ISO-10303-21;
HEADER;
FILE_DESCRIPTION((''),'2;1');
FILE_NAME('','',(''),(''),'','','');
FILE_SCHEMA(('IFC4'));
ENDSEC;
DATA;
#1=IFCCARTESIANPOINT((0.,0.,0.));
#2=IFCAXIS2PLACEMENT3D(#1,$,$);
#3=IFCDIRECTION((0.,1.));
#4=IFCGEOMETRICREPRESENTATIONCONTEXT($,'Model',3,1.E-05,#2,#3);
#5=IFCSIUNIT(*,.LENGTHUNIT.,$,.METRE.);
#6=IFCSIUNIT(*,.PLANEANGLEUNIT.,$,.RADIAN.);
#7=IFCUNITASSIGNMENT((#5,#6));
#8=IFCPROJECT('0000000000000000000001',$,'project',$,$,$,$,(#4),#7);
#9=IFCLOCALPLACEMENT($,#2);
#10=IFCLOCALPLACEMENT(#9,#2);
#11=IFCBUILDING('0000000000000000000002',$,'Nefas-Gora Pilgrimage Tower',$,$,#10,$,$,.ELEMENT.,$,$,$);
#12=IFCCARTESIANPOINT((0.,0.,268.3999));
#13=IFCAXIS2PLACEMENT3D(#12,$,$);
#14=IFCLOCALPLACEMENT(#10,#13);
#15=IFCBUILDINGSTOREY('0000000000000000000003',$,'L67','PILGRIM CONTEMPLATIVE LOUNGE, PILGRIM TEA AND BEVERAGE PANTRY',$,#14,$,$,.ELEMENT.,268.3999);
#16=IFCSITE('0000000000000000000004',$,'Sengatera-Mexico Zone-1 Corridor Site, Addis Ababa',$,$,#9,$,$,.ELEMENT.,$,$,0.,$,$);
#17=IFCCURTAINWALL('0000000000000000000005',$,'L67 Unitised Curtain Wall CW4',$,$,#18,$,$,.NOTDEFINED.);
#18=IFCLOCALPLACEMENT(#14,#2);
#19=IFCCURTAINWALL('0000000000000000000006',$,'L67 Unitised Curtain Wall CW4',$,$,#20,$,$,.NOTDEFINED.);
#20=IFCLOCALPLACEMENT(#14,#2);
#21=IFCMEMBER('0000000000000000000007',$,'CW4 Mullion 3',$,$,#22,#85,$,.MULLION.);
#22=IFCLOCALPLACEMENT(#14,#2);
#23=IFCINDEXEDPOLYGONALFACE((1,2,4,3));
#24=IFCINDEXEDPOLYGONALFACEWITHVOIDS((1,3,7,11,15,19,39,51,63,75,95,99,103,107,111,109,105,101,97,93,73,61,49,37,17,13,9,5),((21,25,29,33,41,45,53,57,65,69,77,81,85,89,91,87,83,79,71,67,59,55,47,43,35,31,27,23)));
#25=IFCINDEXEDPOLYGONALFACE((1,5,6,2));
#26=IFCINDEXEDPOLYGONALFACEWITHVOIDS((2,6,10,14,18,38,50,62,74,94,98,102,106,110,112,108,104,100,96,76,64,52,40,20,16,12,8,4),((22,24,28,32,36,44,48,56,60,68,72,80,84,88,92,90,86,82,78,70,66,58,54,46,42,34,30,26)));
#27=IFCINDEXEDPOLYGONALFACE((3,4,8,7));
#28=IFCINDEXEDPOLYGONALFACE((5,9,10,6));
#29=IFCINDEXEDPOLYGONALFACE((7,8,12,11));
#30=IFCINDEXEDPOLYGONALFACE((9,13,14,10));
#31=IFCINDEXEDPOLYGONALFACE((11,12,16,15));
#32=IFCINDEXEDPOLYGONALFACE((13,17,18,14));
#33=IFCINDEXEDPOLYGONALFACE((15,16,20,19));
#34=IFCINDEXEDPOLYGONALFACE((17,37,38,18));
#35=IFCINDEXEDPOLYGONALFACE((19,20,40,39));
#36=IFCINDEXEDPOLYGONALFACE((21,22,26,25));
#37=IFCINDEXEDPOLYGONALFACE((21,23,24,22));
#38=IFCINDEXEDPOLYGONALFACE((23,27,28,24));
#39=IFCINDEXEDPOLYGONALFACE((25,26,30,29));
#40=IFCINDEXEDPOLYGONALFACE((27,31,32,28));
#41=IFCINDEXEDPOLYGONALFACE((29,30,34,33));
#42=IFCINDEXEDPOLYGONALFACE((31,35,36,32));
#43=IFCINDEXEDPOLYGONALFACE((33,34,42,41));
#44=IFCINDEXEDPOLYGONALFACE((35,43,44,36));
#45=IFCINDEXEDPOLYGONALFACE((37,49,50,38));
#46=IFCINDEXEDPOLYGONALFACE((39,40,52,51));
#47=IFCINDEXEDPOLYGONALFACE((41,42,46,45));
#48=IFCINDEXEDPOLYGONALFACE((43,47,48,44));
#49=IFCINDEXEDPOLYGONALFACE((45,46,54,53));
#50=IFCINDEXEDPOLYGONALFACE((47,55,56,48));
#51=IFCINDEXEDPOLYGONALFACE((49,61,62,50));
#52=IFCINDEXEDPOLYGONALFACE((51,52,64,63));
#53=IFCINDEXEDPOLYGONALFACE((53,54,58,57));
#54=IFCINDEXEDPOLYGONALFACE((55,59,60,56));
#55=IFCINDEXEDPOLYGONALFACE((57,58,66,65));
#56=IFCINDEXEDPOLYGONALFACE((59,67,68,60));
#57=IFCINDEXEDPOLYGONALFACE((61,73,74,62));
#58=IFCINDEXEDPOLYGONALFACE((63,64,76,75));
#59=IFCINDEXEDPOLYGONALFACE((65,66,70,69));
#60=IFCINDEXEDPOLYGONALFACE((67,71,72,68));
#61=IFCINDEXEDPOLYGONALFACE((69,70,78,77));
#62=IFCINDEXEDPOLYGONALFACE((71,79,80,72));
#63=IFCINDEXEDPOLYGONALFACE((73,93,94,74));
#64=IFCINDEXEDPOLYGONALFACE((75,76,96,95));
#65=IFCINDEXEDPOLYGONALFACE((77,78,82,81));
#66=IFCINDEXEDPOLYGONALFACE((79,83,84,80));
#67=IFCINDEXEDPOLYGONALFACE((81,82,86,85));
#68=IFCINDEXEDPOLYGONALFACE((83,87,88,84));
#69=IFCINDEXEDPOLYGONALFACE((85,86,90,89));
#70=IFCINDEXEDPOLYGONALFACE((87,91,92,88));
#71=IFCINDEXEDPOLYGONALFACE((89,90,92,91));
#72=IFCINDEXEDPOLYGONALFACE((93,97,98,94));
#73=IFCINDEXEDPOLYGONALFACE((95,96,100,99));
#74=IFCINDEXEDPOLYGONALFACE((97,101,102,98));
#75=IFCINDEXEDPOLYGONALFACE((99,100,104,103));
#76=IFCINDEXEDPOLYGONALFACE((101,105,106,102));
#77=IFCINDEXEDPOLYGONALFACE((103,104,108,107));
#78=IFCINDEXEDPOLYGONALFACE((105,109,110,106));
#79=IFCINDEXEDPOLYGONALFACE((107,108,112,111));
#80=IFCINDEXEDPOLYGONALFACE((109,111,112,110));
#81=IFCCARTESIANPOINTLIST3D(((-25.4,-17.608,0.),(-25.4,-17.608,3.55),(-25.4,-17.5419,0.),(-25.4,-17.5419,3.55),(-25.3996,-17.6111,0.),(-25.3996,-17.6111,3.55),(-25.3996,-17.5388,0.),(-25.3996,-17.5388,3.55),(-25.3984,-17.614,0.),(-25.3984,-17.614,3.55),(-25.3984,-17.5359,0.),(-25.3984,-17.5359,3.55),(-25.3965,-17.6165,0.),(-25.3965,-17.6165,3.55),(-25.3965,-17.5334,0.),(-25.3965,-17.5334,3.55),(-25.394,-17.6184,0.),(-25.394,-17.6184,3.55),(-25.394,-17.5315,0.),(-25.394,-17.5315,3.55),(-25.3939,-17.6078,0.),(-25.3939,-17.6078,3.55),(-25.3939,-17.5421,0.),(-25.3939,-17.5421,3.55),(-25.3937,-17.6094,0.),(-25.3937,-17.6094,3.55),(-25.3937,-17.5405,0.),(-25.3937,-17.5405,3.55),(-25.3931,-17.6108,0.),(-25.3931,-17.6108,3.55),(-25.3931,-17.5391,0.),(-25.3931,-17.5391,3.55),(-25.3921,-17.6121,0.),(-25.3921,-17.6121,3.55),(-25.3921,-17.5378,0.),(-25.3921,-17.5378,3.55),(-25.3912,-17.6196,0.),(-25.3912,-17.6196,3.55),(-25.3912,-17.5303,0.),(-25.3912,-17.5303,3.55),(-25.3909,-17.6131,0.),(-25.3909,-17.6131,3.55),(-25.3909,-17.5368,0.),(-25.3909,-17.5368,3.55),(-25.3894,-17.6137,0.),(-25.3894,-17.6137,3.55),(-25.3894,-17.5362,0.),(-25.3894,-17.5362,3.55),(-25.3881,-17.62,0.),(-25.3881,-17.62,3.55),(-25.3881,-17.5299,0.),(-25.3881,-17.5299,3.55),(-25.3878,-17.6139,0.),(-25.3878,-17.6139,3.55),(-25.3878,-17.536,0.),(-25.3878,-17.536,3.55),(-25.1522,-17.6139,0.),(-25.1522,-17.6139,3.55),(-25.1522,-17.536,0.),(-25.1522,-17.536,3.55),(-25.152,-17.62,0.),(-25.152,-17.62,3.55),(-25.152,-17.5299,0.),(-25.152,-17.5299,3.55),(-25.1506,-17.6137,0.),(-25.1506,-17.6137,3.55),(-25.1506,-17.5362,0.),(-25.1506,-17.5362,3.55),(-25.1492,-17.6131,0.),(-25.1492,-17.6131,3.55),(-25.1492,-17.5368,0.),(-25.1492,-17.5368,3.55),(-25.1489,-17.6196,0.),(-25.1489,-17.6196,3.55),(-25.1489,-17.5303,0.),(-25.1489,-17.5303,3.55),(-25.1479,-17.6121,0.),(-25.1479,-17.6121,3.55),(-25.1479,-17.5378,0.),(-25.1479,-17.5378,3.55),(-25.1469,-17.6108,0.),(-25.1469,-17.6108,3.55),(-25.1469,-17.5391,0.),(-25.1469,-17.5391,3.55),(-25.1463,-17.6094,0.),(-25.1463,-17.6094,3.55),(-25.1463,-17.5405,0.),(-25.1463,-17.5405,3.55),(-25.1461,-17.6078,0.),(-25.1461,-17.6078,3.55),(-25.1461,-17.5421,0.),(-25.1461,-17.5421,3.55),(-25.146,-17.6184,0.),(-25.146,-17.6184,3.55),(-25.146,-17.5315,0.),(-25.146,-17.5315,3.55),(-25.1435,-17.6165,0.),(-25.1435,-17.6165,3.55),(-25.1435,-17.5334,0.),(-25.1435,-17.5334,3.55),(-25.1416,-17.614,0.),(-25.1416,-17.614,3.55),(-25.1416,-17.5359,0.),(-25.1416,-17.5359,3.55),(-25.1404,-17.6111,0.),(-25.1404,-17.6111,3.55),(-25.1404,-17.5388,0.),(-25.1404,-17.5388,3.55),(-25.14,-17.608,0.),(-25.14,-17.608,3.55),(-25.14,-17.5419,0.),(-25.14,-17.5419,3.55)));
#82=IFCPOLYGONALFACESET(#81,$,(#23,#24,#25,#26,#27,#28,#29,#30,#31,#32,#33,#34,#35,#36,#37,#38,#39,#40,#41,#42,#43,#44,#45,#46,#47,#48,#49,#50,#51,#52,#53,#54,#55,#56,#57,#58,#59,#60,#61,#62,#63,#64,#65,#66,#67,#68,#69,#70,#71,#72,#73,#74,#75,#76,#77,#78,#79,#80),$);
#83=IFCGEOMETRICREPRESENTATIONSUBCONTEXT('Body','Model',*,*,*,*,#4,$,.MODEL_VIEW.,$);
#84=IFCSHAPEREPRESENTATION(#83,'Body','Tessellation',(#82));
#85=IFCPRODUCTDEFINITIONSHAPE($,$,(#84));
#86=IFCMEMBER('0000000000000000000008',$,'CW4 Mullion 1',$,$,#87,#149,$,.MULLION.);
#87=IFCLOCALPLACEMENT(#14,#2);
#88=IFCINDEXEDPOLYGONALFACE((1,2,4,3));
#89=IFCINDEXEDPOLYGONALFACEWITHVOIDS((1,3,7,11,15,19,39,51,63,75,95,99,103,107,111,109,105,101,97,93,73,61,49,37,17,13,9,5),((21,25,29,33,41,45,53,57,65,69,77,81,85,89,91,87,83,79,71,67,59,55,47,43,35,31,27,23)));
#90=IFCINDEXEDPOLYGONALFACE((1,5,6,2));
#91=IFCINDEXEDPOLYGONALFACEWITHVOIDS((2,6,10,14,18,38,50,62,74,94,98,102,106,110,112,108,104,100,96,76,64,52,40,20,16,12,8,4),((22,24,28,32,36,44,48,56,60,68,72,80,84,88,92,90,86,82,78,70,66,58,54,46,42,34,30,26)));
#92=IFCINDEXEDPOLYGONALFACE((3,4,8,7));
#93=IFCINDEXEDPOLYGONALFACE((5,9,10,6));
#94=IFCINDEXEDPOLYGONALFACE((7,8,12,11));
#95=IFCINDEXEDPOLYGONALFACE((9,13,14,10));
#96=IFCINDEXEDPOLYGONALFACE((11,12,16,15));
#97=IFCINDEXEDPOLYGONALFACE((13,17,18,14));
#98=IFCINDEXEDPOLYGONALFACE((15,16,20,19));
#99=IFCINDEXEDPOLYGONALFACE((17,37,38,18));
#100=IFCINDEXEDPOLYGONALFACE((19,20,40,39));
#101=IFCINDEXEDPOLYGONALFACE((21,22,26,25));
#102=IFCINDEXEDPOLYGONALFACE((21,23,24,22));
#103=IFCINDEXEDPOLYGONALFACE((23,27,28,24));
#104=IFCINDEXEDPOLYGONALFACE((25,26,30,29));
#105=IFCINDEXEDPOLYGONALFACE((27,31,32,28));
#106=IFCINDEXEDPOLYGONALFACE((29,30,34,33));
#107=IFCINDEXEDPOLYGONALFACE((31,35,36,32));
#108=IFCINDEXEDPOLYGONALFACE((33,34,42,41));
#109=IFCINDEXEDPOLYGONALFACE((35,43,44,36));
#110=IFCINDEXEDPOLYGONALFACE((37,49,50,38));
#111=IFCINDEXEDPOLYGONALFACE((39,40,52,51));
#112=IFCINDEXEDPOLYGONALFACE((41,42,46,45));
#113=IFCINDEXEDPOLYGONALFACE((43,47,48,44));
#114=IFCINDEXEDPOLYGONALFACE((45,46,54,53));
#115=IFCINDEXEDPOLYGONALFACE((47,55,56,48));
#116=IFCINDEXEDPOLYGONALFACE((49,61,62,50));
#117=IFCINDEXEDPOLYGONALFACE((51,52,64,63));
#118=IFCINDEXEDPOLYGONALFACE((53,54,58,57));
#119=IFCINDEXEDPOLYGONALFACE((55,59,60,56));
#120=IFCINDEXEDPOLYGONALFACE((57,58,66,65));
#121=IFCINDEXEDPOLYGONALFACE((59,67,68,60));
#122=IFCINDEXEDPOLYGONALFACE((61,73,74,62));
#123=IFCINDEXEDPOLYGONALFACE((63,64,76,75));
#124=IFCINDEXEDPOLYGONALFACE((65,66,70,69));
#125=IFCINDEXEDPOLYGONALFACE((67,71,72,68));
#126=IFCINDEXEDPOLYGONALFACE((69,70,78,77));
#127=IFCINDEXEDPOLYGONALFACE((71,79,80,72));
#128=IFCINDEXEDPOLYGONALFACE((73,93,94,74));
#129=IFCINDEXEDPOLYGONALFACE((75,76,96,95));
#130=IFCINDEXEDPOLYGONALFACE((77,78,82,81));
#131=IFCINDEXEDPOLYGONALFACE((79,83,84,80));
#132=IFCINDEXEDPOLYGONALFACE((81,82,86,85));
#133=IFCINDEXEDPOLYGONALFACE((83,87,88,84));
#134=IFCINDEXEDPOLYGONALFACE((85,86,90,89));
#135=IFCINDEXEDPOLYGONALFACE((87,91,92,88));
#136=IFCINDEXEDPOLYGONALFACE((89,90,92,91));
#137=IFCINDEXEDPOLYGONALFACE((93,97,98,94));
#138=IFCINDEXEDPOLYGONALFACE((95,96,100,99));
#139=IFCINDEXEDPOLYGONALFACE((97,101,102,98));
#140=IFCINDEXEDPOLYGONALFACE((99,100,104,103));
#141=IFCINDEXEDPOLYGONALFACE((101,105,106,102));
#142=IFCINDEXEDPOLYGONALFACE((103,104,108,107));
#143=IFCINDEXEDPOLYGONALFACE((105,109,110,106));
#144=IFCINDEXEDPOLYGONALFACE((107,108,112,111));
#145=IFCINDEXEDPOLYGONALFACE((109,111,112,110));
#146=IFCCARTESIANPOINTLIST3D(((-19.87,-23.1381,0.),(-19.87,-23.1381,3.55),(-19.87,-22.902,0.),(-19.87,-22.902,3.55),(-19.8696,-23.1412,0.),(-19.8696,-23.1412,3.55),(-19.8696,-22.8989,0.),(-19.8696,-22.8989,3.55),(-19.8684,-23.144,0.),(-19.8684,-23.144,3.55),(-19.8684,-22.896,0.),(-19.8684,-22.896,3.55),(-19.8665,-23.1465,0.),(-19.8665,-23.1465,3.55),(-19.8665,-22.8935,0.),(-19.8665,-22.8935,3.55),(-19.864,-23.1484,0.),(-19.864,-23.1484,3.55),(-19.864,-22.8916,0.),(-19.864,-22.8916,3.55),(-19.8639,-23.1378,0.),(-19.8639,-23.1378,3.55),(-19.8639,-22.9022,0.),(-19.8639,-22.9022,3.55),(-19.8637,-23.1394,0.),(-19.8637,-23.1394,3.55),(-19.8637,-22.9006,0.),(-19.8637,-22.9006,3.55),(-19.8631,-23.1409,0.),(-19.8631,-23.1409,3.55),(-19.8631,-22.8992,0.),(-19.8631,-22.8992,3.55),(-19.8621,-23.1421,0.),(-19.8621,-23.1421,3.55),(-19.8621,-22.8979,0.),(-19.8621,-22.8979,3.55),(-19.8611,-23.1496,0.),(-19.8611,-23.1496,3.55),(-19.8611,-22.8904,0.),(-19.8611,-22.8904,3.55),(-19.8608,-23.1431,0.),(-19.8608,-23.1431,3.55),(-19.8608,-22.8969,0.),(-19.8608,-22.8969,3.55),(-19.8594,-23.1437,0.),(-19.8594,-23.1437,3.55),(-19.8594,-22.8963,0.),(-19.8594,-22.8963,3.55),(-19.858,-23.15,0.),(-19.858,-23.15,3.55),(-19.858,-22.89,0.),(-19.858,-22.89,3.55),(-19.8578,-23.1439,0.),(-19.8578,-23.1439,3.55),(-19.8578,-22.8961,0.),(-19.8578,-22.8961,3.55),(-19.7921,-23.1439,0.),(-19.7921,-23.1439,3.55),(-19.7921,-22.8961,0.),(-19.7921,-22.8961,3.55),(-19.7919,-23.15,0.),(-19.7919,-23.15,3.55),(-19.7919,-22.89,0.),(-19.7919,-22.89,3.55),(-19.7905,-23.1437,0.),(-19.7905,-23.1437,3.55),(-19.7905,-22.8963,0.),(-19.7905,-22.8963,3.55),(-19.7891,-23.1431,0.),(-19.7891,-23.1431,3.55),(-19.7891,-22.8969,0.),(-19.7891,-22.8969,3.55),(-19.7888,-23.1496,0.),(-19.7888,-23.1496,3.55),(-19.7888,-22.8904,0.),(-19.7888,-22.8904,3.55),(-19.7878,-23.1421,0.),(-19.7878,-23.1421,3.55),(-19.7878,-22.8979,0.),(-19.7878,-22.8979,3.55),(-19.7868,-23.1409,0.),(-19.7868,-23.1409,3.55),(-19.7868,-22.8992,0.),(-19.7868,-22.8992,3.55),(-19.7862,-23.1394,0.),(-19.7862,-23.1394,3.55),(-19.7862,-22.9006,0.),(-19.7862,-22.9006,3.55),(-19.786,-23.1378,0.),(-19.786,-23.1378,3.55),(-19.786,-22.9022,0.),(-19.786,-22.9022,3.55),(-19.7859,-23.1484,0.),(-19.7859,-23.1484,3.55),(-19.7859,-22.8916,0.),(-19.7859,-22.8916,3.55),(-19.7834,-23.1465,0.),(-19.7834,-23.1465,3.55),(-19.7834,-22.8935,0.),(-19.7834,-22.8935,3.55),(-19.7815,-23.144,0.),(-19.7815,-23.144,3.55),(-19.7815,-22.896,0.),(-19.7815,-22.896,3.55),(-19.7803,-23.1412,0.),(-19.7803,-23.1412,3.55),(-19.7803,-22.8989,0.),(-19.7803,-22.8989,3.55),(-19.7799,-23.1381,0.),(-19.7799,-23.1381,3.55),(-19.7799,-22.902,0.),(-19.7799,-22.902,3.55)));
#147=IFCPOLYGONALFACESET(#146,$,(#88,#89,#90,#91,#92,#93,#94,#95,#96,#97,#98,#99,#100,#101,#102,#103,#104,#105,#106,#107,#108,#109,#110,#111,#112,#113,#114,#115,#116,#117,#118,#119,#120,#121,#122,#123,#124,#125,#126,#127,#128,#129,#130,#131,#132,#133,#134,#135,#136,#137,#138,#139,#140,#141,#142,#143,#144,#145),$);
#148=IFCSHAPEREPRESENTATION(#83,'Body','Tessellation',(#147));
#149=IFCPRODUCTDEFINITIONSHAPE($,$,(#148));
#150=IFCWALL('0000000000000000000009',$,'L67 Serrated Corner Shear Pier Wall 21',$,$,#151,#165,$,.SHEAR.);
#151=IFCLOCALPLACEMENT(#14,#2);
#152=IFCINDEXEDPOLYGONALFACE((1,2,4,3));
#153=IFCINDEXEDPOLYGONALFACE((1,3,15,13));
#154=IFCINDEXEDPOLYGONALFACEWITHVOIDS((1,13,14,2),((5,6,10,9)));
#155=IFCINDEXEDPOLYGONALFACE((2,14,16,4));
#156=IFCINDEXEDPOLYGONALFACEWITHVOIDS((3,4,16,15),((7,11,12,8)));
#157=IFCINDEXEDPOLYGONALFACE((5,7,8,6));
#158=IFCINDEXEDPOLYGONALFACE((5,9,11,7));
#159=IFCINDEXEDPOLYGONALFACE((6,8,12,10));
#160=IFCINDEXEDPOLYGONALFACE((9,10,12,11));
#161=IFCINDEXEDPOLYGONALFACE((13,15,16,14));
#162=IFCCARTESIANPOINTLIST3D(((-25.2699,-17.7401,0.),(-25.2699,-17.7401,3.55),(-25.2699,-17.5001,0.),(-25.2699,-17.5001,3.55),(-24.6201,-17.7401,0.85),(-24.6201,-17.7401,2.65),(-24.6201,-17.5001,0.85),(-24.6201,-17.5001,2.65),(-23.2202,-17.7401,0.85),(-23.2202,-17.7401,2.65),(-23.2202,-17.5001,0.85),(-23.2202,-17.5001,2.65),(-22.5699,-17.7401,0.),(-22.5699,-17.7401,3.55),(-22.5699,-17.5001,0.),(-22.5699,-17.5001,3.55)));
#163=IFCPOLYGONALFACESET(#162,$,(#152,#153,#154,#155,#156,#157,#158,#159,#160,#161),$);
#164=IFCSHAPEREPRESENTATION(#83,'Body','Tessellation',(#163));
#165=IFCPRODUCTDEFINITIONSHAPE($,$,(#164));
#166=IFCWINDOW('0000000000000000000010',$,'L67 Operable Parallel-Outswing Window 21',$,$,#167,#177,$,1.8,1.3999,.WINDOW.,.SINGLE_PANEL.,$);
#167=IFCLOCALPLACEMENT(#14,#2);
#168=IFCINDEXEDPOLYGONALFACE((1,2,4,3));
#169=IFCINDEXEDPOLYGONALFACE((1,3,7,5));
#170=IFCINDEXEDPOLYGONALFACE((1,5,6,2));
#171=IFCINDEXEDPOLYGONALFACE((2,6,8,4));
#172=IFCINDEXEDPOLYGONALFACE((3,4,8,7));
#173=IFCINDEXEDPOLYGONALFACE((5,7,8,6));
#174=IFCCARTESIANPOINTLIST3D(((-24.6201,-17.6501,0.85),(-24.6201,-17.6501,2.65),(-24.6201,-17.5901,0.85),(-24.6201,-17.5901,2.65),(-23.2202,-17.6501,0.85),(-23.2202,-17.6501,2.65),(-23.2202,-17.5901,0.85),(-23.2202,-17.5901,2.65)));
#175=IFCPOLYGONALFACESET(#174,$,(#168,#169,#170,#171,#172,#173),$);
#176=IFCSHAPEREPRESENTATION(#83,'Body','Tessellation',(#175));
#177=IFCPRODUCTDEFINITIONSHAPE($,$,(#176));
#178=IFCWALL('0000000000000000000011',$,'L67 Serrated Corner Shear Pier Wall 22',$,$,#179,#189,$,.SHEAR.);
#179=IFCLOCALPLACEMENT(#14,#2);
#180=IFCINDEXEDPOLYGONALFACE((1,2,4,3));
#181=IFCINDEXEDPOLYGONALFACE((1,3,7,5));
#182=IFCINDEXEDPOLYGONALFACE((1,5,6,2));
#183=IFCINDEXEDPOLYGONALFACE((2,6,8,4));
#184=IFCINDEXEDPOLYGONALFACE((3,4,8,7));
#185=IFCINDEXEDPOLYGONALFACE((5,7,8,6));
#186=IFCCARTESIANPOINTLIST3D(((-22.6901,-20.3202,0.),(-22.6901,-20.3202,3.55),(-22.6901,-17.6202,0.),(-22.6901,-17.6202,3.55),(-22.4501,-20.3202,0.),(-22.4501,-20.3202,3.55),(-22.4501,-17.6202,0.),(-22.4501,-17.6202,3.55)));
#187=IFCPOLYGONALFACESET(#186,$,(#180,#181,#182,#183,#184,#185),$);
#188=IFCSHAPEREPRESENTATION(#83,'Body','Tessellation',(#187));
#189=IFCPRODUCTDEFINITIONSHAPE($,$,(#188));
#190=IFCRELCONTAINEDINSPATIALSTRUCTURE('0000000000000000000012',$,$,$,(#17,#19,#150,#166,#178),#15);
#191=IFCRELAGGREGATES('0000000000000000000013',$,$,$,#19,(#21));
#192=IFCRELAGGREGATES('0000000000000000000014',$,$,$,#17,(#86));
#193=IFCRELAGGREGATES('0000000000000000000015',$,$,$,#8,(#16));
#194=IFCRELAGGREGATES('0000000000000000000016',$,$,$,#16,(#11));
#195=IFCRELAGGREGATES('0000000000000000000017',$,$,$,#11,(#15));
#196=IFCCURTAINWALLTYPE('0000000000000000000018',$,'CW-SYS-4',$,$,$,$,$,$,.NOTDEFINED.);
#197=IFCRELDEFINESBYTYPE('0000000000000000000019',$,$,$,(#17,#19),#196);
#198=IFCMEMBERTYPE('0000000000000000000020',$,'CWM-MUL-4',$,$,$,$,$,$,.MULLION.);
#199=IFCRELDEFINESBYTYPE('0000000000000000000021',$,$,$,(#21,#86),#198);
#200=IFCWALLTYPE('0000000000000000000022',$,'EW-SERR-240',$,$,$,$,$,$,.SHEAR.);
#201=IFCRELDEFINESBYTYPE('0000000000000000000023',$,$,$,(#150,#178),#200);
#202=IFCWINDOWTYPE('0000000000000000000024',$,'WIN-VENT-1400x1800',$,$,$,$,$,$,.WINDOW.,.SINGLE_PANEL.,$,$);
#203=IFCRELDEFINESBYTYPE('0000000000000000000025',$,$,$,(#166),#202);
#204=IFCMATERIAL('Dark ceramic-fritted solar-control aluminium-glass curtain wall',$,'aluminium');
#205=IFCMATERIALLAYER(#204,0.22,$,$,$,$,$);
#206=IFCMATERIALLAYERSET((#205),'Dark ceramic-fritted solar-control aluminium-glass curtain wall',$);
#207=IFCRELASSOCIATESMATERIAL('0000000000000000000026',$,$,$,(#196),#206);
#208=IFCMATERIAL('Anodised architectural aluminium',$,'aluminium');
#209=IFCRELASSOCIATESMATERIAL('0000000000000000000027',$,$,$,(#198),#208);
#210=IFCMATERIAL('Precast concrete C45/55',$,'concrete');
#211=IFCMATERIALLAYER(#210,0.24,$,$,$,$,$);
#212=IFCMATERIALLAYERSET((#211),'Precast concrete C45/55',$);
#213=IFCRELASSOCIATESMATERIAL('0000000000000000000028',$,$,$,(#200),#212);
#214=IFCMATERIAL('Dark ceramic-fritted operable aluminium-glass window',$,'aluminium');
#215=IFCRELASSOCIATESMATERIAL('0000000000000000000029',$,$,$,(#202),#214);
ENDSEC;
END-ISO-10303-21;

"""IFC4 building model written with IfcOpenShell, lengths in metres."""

from ifc_helpers import new_model, si_unit, direction, frame, frame_2d, origin, origin_2d, place, context, subcontext, project, spatial, rectangle, hollow_rectangle, extrude, source, transform, mapped, material, layer, layer_set, material_profile, profile_set, type_object, element, fill, aggregate, save


model = new_model("IFC4")

# Units and contexts
model_context = context("Model", 3, precision=1e-05, world=origin(), true_north=direction((0.0, 1.0)))
body_context = subcontext(model_context, "Body", "Model", "MODEL_VIEW")
ifc_project = project(units=[si_unit("LENGTHUNIT", "METRE"), si_unit("PLANEANGLEUNIT", "RADIAN")], contexts=[model_context])

# Site, building, storey
site_placement = place(None, origin())
site = spatial("IfcSite", under=ifc_project, at=site_placement, Name="Sengatera-Mexico Zone-1 Corridor Site, Addis Ababa", CompositionType="ELEMENT", RefElevation=0.0)
building_placement = place(site_placement, origin())
building = spatial("IfcBuilding", under=site, at=building_placement, Name="Nefas-Gora Pilgrimage Tower", CompositionType="ELEMENT")
storey_placement = place(building_placement, frame((0.0, 0.0, 268.3999)))
storey = spatial("IfcBuildingStorey", under=building, at=storey_placement, Name="L67", Description="PILGRIM CONTEMPLATIVE LOUNGE, PILGRIM TEA AND BEVERAGE PANTRY", CompositionType="ELEMENT", Elevation=268.3999)

# Curtain walls, member
ifc_material_1 = material(Name="Dark ceramic-fritted solar-control aluminium-glass curtain wall", Category="aluminium")
ifc_layer_1 = layer(ifc_material_1, 0.22)
ifc_layer_set_1 = layer_set([ifc_layer_1], Name="Dark ceramic-fritted solar-control aluminium-glass curtain wall")
curtain_wall_type = type_object("IfcCurtainWallType", Name="CW-SYS-4", PredefinedType="NOTDEFINED", material=ifc_layer_set_1)
curtain_wall_1_placement = place(storey_placement, origin())
curtain_wall_1 = element("IfcCurtainWall", 1, at=curtain_wall_1_placement, inside=storey, type_object=curtain_wall_type, Name="L67 Unitised Curtain Wall CW4", PredefinedType="NOTDEFINED")
ifc_material_2 = material(Name="Anodised architectural aluminium", Category="aluminium")
curtain_wall_2_placement = place(storey_placement, origin())
curtain_wall_2 = element("IfcCurtainWall", 2, at=curtain_wall_2_placement, inside=storey, type_object=curtain_wall_type, Name="L67 Unitised Curtain Wall CW4", PredefinedType="NOTDEFINED")
ifc_material_profile_1 = material_profile(ifc_material_2, hollow_rectangle(XDim=0.0901, YDim=0.26, WallThickness=0.0061, InnerFilletRadius=0.0061, OuterFilletRadius=0.012, at=origin_2d()), Name="ALU MULLION 90x260")
ifc_profile_set_1 = profile_set([ifc_material_profile_1], Name="Anodised architectural aluminium")
member_type_1 = type_object("IfcMemberType", Name="CWM-MUL-4", PredefinedType="MULLION", material=ifc_profile_set_1)
shared_shape_1 = source(origin(), body_context, "Body", "SweptSolid", [
    extrude(hollow_rectangle(XDim=0.0901, YDim=0.26, WallThickness=0.0061, InnerFilletRadius=0.0061, OuterFilletRadius=0.012, at=origin_2d()), origin(), (0.0, 0.0, 1.0), 3.55),
])
member_1_placement = place(storey_placement, frame((-25.27, -17.575, 0.0), z_axis=(0.0, 0.0, 1.0), x_axis=(0.0, -1.0, 0.0)))
member_1 = element("IfcMember", 3, at=member_1_placement, type_object=member_type_1, Name="CW4 Mullion 3", PredefinedType="MULLION", context=body_context, shape_type="MappedRepresentation", body=[
    mapped(shared_shape_1, transform((0.0, 0.0, 0.0), x_axis=(1.0, 0.0, 0.0), y_axis=(0.0, 1.0, 0.0), z_axis=(0.0, 0.0, 1.0), scale=1.0)),
])
aggregate(curtain_wall_2, [member_1])

# Member
member_2_placement = place(storey_placement, frame((-19.825, -23.02, 0.0), z_axis=(0.0, 0.0, 1.0), x_axis=(1.0, 0.0, 0.0)))
member_2 = element("IfcMember", 4, at=member_2_placement, type_object=member_type_1, Name="CW4 Mullion 1", PredefinedType="MULLION", context=body_context, shape_type="MappedRepresentation", body=[
    mapped(shared_shape_1, transform((0.0, 0.0, 0.0), x_axis=(1.0, 0.0, 0.0), y_axis=(0.0, 1.0, 0.0), z_axis=(0.0, 0.0, 1.0), scale=1.0)),
])
aggregate(curtain_wall_1, [member_2])

# Wall, opening, window
ifc_material_3 = material(Name="Precast concrete C45/55", Category="concrete")
ifc_layer_2 = layer(ifc_material_3, 0.24)
ifc_layer_set_2 = layer_set([ifc_layer_2], Name="Precast concrete C45/55")
wall_type_1 = type_object("IfcWallType", Name="EW-SERR-240", PredefinedType="SHEAR", material=ifc_layer_set_2)
shared_shape_2 = source(origin(), body_context, "Body", "SweptSolid", [
    extrude(rectangle(XDim=2.7, YDim=0.24, at=frame_2d((1.3501, 0.0))), origin(), (0.0, 0.0, 1.0), 3.55),
])
wall_1_placement = place(storey_placement, frame((-25.27, -17.6201, 0.0), z_axis=(0.0, 0.0, 1.0), x_axis=(1.0, 0.0, 0.0)))
wall_1 = element("IfcWall", 5, at=wall_1_placement, inside=storey, type_object=wall_type_1, Name="L67 Serrated Corner Shear Pier Wall 21", PredefinedType="SHEAR", context=body_context, shape_type="MappedRepresentation", body=[
    mapped(shared_shape_2, transform((0.0, 0.0, 0.0), x_axis=(1.0, 0.0, 0.0), y_axis=(0.0, 1.0, 0.0), z_axis=(0.0, 0.0, 1.0), scale=1.0)),
])
opening_1_placement = place(wall_1_placement, frame((0.6499, 0.0, 0.8501)))
opening_1 = element("IfcOpeningElement", 6, at=opening_1_placement, cuts=wall_1, PredefinedType="OPENING", context=body_context, shape_type="SweptSolid", body=[
    extrude(rectangle(XDim=1.3999, YDim=1.8, at=frame_2d((0.7, 0.8999))), frame((0.0, 0.1299, 0.0), z_axis=(0.0, -1.0, 0.0), x_axis=(1.0, 0.0, 0.0)), (0.0, 0.0, 1.0), 0.26),
])
ifc_material_4 = material(Name="Dark ceramic-fritted operable aluminium-glass window", Category="aluminium")
window_type = type_object("IfcWindowType", Name="WIN-VENT-1400x1800", PartitioningType="SINGLE_PANEL", PredefinedType="WINDOW", material=ifc_material_4)
shared_shape_3 = source(origin(), body_context, "Body", "SweptSolid", [
    extrude(rectangle(XDim=1.3999, YDim=1.8, at=frame_2d((0.7, 0.8999))), frame((0.0, 0.03, 0.0), z_axis=(0.0, -1.0, 0.0), x_axis=(1.0, 0.0, 0.0)), (0.0, 0.0, 1.0), 0.0601),
])
window_placement = place(opening_1_placement, origin())
window = element("IfcWindow", 7, at=window_placement, inside=storey, type_object=window_type, Name="L67 Operable Parallel-Outswing Window 21", OverallHeight=1.8, OverallWidth=1.3999, PartitioningType="SINGLE_PANEL", PredefinedType="WINDOW", context=body_context, shape_type="MappedRepresentation", body=[
    mapped(shared_shape_3, transform((0.0, 0.0, 0.0), x_axis=(1.0, 0.0, 0.0), y_axis=(0.0, 1.0, 0.0), z_axis=(0.0, 0.0, 1.0), scale=1.0)),
])
fill(opening_1, window)

# Wall
for number, where, z_axis, x_axis, name in (
    (8, (-22.5701, -17.6201, 0.0), (0.0, 0.0, 1.0), (0.0, -1.0, 0.0), "L67 Serrated Corner Shear Pier Wall 22"),
):
    element("IfcWall", number, at=place(storey_placement, frame(where, z_axis=z_axis, x_axis=x_axis)), inside=storey, type_object=wall_type_1, Name=name, PredefinedType="SHEAR", context=body_context, shape_type="MappedRepresentation", body=[
        mapped(shared_shape_2, transform((0.0, 0.0, 0.0), x_axis=(1.0, 0.0, 0.0), y_axis=(0.0, 1.0, 0.0), z_axis=(0.0, 0.0, 1.0), scale=1.0)),
    ])

save(model, "model.ifc")
